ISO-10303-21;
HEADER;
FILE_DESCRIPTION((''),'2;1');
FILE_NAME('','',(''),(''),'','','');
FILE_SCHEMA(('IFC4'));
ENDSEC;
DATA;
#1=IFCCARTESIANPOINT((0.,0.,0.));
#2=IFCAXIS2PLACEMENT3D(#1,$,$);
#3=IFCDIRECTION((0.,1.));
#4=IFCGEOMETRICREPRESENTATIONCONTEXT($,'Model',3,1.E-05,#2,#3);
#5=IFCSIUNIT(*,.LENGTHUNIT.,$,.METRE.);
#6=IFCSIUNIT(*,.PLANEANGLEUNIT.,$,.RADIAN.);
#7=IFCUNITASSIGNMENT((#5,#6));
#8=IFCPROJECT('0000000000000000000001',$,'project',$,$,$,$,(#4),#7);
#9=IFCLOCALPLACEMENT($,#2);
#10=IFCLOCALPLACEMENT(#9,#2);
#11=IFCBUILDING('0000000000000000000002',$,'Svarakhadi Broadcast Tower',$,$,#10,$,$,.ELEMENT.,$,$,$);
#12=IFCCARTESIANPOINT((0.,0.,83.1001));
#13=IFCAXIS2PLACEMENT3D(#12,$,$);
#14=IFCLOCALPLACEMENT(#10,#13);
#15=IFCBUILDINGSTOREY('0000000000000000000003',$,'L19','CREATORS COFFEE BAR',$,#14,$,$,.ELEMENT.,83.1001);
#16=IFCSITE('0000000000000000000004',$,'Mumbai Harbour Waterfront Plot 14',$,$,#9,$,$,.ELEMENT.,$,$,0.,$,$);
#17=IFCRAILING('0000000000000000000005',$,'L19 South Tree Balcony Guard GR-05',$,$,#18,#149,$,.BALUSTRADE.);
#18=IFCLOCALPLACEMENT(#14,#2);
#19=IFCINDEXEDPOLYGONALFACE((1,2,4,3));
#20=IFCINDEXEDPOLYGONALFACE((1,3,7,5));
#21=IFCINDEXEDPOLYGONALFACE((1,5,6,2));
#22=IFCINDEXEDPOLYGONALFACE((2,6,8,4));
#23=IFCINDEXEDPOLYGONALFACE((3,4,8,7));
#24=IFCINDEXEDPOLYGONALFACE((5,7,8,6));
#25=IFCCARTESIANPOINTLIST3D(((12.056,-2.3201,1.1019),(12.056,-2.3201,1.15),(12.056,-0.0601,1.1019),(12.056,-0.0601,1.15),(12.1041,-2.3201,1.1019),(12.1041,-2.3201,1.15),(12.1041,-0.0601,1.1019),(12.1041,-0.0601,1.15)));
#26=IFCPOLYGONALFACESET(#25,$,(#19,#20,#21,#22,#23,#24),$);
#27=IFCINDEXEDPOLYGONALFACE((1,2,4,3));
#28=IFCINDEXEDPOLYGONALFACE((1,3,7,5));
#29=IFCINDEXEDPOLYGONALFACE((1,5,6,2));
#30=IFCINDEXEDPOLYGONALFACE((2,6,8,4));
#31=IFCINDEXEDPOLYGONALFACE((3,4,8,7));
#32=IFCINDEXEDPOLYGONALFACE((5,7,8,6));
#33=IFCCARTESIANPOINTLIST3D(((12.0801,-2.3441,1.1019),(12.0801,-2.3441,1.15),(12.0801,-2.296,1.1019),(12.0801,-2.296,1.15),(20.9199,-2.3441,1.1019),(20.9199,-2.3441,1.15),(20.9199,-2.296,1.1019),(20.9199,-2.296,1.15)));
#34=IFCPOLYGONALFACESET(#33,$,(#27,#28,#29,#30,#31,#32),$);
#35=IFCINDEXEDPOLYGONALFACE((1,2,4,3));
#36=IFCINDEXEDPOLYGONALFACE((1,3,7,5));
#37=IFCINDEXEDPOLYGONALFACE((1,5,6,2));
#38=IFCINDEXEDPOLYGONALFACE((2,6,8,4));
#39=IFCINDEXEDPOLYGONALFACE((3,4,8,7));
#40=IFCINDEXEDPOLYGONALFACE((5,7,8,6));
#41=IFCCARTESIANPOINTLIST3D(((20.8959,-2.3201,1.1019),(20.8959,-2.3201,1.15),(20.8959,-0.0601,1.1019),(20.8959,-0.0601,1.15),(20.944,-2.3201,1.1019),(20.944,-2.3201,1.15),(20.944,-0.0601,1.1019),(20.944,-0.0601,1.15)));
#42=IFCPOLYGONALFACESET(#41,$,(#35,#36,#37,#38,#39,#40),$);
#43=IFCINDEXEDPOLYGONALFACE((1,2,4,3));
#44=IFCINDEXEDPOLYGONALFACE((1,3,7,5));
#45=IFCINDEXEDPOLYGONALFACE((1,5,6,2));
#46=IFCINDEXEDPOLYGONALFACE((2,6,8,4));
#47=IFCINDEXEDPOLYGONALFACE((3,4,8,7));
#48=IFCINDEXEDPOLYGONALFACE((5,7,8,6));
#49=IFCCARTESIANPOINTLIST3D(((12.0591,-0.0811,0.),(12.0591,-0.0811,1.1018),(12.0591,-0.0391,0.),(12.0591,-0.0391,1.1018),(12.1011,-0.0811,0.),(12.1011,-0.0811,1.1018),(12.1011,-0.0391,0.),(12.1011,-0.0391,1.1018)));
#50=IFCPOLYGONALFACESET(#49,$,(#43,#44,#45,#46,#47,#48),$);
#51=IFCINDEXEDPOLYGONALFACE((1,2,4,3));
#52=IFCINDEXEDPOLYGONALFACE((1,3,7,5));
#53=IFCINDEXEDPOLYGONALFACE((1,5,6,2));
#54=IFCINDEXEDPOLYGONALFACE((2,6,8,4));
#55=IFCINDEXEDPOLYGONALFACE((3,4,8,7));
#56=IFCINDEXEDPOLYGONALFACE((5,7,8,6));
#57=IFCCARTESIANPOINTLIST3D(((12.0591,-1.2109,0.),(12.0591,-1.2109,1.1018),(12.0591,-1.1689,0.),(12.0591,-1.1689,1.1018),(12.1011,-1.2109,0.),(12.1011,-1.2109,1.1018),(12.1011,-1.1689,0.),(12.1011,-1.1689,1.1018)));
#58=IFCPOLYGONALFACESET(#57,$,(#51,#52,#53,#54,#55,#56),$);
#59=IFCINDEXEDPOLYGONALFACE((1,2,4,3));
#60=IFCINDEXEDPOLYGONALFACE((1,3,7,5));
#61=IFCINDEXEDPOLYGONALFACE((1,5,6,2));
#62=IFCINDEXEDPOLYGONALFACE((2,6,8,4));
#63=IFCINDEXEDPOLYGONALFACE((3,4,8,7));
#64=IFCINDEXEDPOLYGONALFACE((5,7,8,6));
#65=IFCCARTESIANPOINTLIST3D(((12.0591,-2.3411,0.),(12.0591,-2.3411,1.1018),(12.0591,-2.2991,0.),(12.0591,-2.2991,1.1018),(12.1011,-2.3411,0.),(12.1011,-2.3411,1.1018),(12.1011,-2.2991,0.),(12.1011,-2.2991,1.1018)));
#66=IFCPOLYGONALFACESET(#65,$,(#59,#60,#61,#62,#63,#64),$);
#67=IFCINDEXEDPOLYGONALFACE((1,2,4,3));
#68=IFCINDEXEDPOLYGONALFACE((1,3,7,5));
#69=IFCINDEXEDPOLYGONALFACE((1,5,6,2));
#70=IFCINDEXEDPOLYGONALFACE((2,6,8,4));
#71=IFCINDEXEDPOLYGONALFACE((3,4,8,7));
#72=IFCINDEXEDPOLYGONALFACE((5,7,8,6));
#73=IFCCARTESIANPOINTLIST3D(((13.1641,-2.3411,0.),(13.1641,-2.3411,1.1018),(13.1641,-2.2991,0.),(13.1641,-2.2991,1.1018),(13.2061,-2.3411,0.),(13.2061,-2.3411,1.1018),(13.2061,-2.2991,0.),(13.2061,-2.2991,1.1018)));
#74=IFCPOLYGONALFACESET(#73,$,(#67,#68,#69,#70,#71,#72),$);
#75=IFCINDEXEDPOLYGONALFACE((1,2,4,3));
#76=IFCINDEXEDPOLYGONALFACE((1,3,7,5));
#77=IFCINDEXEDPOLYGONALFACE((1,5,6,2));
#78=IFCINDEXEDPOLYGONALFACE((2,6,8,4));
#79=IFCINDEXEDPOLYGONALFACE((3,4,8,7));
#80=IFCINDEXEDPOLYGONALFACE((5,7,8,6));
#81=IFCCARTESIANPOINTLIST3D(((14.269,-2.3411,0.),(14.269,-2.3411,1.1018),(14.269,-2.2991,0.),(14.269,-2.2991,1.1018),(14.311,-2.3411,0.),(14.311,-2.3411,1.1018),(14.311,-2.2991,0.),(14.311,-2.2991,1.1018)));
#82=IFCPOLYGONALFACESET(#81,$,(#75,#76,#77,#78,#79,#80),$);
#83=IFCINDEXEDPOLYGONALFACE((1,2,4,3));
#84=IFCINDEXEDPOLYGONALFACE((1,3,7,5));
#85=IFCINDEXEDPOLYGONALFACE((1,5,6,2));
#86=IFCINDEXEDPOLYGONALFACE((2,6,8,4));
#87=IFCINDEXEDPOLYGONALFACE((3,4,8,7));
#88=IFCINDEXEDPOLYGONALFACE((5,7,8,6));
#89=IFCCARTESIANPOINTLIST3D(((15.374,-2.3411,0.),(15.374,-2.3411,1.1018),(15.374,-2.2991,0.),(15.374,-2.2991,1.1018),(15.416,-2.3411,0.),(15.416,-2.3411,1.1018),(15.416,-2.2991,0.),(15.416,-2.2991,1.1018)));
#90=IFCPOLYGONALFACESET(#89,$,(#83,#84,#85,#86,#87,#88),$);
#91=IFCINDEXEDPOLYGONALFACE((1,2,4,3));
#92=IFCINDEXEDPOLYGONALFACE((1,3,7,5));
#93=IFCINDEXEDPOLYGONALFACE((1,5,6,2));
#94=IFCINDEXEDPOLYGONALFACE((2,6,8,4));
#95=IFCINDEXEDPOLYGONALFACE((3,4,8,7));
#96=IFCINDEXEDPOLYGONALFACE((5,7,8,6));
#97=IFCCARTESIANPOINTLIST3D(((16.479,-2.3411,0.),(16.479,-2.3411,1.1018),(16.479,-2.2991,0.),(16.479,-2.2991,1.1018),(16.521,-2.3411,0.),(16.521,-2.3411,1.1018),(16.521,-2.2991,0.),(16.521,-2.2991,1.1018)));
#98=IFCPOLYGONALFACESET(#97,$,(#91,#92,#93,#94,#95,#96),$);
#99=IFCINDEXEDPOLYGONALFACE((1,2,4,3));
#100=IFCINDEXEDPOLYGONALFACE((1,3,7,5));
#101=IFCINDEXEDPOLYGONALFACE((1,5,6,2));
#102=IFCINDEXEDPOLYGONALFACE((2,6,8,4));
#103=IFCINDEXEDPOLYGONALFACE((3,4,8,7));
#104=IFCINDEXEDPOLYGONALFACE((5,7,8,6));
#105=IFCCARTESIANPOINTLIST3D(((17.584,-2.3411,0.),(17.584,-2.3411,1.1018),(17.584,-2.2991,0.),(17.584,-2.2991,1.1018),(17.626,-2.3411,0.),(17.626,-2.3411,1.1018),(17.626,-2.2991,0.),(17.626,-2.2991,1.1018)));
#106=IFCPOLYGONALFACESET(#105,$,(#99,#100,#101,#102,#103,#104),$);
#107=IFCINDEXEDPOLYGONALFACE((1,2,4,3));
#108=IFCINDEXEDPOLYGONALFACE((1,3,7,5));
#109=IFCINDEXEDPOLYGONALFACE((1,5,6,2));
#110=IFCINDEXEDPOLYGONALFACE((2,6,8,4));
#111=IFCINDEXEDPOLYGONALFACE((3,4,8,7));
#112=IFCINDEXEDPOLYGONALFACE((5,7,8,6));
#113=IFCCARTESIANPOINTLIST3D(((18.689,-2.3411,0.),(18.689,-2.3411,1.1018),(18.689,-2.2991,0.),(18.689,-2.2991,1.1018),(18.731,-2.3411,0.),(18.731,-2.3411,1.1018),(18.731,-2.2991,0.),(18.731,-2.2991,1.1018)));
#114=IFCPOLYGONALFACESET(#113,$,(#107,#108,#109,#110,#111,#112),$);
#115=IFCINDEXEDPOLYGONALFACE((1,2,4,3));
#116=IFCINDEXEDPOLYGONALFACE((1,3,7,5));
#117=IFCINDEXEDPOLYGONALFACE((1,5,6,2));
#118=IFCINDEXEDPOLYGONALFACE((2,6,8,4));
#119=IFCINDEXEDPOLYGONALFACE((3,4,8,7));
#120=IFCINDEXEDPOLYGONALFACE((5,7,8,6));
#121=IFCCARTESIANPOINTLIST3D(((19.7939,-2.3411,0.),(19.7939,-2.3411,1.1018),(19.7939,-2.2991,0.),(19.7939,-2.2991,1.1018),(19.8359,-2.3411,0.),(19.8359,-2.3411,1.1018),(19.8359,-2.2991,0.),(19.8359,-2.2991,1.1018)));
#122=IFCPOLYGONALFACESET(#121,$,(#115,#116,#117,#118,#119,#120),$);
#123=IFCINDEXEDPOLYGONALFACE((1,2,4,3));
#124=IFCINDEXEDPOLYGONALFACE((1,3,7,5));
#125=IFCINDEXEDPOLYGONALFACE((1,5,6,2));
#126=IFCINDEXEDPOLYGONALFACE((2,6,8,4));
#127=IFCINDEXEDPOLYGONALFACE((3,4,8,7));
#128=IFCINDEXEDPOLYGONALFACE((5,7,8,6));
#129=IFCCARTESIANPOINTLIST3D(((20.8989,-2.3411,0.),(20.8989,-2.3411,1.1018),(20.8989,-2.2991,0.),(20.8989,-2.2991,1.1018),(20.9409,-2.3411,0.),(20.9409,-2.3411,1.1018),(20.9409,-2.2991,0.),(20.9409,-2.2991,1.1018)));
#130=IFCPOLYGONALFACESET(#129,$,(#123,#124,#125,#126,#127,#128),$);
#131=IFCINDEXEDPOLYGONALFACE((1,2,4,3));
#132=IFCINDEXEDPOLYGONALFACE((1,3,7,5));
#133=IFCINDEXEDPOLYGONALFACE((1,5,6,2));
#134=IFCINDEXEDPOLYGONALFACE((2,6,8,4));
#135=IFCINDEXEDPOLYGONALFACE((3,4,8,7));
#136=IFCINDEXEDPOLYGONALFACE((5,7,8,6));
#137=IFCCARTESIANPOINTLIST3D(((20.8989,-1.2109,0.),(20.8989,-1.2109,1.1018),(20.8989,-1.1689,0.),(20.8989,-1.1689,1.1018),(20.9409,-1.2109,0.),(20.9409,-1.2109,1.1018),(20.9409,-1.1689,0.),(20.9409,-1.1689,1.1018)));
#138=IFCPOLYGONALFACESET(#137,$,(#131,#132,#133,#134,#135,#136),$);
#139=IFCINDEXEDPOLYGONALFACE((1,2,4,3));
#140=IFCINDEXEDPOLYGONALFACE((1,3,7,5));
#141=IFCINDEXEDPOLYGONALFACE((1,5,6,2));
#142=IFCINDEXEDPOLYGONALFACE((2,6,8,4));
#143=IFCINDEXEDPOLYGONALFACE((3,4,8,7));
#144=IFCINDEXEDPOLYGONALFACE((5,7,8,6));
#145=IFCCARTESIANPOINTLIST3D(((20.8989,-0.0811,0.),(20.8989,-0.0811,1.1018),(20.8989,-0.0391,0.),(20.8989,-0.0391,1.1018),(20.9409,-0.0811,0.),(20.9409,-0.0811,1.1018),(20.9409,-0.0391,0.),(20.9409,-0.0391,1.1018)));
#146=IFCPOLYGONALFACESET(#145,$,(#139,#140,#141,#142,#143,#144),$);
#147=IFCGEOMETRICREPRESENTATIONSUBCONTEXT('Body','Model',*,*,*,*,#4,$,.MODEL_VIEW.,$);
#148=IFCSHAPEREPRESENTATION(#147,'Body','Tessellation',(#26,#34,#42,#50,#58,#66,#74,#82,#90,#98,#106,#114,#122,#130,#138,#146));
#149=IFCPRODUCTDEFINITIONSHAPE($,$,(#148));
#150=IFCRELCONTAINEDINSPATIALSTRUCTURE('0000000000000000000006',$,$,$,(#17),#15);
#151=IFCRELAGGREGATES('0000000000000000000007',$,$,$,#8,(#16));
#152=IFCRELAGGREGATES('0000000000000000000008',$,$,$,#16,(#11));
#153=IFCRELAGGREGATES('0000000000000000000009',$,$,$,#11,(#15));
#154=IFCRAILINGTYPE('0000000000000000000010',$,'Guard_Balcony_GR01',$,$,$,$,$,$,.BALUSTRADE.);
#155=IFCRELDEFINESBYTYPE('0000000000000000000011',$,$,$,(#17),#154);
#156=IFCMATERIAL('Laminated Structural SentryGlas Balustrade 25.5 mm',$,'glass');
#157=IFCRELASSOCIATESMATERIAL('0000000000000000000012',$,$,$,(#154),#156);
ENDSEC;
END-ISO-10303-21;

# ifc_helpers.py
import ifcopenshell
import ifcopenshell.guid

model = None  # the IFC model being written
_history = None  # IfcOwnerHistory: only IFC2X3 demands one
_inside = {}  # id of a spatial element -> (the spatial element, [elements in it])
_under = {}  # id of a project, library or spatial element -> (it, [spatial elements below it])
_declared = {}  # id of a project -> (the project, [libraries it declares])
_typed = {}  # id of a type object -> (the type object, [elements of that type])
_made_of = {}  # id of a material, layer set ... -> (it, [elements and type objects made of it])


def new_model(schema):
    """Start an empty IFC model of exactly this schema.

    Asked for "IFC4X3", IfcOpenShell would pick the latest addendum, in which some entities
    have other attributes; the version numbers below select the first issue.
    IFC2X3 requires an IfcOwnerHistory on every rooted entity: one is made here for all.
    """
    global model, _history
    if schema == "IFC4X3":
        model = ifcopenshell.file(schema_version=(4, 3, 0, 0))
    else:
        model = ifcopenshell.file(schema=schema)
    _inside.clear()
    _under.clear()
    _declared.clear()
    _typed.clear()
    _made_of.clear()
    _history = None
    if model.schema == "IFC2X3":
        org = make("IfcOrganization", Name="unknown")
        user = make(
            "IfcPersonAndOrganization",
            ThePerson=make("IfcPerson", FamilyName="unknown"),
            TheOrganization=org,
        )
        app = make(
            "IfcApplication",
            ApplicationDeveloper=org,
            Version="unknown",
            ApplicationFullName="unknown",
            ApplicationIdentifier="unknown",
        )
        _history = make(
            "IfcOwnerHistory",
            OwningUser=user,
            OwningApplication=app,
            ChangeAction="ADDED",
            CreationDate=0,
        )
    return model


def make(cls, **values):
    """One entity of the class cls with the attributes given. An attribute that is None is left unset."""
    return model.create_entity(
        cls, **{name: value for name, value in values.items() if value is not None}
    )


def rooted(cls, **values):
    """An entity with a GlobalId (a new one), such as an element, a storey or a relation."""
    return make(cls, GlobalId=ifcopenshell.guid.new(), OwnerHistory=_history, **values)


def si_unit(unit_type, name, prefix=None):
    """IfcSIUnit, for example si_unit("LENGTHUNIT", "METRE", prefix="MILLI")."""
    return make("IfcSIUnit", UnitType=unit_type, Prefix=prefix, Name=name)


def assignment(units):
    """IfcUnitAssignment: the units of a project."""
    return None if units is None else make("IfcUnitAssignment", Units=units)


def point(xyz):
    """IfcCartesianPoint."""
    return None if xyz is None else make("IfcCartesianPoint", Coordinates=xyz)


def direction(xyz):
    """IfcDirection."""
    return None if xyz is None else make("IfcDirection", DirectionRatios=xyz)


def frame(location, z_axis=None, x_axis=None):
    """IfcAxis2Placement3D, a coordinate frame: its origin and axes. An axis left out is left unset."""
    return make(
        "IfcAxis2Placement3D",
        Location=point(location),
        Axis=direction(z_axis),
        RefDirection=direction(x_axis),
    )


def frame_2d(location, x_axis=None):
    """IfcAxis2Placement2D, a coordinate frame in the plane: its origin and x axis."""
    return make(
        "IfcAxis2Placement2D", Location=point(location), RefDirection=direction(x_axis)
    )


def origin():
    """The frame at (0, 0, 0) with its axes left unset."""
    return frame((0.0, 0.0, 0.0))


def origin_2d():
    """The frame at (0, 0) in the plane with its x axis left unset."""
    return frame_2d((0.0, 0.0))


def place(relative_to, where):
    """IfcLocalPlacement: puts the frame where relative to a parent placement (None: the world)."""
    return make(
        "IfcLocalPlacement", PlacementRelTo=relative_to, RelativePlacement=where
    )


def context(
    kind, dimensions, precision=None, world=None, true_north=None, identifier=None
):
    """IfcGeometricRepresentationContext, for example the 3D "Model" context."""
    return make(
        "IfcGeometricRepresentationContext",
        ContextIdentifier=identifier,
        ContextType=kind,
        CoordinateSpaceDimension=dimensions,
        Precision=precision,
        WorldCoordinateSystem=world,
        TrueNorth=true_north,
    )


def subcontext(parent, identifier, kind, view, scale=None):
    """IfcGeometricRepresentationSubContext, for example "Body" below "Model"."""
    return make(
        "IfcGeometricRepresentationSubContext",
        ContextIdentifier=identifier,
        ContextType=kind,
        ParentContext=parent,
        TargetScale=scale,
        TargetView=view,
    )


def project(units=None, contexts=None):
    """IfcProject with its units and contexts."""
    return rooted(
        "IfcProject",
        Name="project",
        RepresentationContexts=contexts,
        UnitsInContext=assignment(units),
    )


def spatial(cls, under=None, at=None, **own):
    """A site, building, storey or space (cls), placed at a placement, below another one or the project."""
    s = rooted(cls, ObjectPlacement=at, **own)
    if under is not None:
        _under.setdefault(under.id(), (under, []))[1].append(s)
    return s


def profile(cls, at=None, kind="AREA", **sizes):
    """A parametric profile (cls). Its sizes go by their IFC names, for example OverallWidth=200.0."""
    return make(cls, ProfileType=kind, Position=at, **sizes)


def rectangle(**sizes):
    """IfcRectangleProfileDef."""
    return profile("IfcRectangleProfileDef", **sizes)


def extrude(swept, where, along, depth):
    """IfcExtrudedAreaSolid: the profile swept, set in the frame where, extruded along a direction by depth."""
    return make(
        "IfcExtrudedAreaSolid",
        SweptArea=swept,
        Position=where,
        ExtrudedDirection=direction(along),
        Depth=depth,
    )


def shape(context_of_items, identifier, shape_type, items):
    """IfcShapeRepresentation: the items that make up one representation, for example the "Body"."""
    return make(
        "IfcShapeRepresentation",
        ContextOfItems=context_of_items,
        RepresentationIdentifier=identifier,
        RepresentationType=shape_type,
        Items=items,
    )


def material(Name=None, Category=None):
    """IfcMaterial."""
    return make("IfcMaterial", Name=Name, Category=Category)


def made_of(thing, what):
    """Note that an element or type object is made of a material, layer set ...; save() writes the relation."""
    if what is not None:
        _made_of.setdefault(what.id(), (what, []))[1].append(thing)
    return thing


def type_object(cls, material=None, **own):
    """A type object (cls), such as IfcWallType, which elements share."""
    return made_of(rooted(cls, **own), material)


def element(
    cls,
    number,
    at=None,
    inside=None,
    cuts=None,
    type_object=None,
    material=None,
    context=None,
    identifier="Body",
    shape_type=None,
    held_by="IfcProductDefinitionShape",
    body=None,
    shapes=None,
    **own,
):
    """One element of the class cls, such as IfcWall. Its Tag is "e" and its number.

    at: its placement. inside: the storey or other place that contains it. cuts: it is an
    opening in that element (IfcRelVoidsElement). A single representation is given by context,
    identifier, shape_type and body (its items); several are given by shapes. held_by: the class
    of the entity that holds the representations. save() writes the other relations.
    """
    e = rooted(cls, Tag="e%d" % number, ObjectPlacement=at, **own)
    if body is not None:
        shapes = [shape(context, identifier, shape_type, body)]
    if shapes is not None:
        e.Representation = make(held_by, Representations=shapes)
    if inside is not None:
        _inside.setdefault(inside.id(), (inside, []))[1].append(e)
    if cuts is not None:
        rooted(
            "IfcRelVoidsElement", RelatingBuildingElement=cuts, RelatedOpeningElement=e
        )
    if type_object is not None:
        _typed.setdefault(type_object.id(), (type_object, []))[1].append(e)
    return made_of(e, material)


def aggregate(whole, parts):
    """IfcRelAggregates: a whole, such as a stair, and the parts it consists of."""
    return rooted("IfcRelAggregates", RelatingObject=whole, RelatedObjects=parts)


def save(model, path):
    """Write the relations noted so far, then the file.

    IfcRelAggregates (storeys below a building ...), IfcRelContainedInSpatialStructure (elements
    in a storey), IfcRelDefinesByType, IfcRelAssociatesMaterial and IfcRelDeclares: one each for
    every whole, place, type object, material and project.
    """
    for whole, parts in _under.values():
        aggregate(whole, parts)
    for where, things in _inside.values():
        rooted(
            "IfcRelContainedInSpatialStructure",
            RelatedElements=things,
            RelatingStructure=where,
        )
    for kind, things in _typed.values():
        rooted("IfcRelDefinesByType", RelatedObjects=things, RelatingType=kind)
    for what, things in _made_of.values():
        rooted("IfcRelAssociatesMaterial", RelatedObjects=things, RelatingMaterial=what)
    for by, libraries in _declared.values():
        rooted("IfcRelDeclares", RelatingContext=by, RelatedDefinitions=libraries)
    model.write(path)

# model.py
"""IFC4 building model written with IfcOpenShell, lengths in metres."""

from ifc_helpers import new_model, si_unit, direction, frame, origin, origin_2d, place, context, subcontext, project, spatial, rectangle, extrude, material, type_object, element, save


model = new_model("IFC4")

# Units and contexts
model_context = context("Model", 3, precision=1e-05, world=origin(), true_north=direction((0.0, 1.0)))
body_context = subcontext(model_context, "Body", "Model", "MODEL_VIEW")
ifc_project = project(units=[si_unit("LENGTHUNIT", "METRE"), si_unit("PLANEANGLEUNIT", "RADIAN")], contexts=[model_context])

# Site, building, storey
site_placement = place(None, origin())
site = spatial("IfcSite", under=ifc_project, at=site_placement, Name="Mumbai Harbour Waterfront Plot 14", CompositionType="ELEMENT", RefElevation=0.0)
building_placement = place(site_placement, origin())
building = spatial("IfcBuilding", under=site, at=building_placement, Name="Svarakhadi Broadcast Tower", CompositionType="ELEMENT")
storey_placement = place(building_placement, frame((0.0, 0.0, 83.1001)))
storey = spatial("IfcBuildingStorey", under=building, at=storey_placement, Name="L19", Description="CREATORS COFFEE BAR", CompositionType="ELEMENT", Elevation=83.1001)

# Railing
ifc_material_1 = material(Name="Laminated Structural SentryGlas Balustrade 25.5 mm", Category="glass")
railing_type = type_object("IfcRailingType", Name="Guard_Balcony_GR01", PredefinedType="BALUSTRADE", material=ifc_material_1)
railing_placement = place(storey_placement, frame((12.0801, -0.0601, 0.0)))
element("IfcRailing", 1, at=railing_placement, inside=storey, type_object=railing_type, Name="L19 South Tree Balcony Guard GR-05", PredefinedType="BALUSTRADE", context=body_context, shape_type="SweptSolid", body=[
    extrude(rectangle(XDim=0.0481, YDim=0.0481, at=origin_2d()), frame((0.0, 0.0, 1.126), z_axis=(0.0, -1.0, 0.0), x_axis=(1.0, 0.0, 0.0)), (0.0, 0.0, 1.0), 2.26),
    extrude(rectangle(XDim=0.0481, YDim=0.0481, at=origin_2d()), frame((0.0, -2.26, 1.126), z_axis=(1.0, 0.0, 0.0), x_axis=(0.0, 1.0, 0.0)), (0.0, 0.0, 1.0), 8.8398),
    extrude(rectangle(XDim=0.0481, YDim=0.0481, at=origin_2d()), frame((8.8398, -2.26, 1.126), z_axis=(0.0, 1.0, 0.0), x_axis=(-1.0, 0.0, 0.0)), (0.0, 0.0, 1.0), 2.26),
    extrude(rectangle(XDim=0.042, YDim=0.042, at=origin_2d()), origin(), (0.0, 0.0, 1.0), 1.1018),
    extrude(rectangle(XDim=0.042, YDim=0.042, at=origin_2d()), frame((0.0, -1.1299, 0.0)), (0.0, 0.0, 1.0), 1.1018),
    extrude(rectangle(XDim=0.042, YDim=0.042, at=origin_2d()), frame((0.0, -2.26, 0.0)), (0.0, 0.0, 1.0), 1.1018),
    extrude(rectangle(XDim=0.042, YDim=0.042, at=origin_2d()), frame((1.105, -2.26, 0.0)), (0.0, 0.0, 1.0), 1.1018),
    extrude(rectangle(XDim=0.042, YDim=0.042, at=origin_2d()), frame((2.21, -2.26, 0.0)), (0.0, 0.0, 1.0), 1.1018),
    extrude(rectangle(XDim=0.042, YDim=0.042, at=origin_2d()), frame((3.3149, -2.26, 0.0)), (0.0, 0.0, 1.0), 1.1018),
    extrude(rectangle(XDim=0.042, YDim=0.042, at=origin_2d()), frame((4.4199, -2.26, 0.0)), (0.0, 0.0, 1.0), 1.1018),
    extrude(rectangle(XDim=0.042, YDim=0.042, at=origin_2d()), frame((5.5249, -2.26, 0.0)), (0.0, 0.0, 1.0), 1.1018),
    extrude(rectangle(XDim=0.042, YDim=0.042, at=origin_2d()), frame((6.6299, -2.26, 0.0)), (0.0, 0.0, 1.0), 1.1018),
    extrude(rectangle(XDim=0.042, YDim=0.042, at=origin_2d()), frame((7.7349, -2.26, 0.0)), (0.0, 0.0, 1.0), 1.1018),
    extrude(rectangle(XDim=0.042, YDim=0.042, at=origin_2d()), frame((8.8398, -2.26, 0.0)), (0.0, 0.0, 1.0), 1.1018),
    extrude(rectangle(XDim=0.042, YDim=0.042, at=origin_2d()), frame((8.8398, -1.1299, 0.0)), (0.0, 0.0, 1.0), 1.1018),
    extrude(rectangle(XDim=0.042, YDim=0.042, at=origin_2d()), frame((8.8398, 0.0, 0.0)), (0.0, 0.0, 1.0), 1.1018),
])

save(model, "model.ifc")
